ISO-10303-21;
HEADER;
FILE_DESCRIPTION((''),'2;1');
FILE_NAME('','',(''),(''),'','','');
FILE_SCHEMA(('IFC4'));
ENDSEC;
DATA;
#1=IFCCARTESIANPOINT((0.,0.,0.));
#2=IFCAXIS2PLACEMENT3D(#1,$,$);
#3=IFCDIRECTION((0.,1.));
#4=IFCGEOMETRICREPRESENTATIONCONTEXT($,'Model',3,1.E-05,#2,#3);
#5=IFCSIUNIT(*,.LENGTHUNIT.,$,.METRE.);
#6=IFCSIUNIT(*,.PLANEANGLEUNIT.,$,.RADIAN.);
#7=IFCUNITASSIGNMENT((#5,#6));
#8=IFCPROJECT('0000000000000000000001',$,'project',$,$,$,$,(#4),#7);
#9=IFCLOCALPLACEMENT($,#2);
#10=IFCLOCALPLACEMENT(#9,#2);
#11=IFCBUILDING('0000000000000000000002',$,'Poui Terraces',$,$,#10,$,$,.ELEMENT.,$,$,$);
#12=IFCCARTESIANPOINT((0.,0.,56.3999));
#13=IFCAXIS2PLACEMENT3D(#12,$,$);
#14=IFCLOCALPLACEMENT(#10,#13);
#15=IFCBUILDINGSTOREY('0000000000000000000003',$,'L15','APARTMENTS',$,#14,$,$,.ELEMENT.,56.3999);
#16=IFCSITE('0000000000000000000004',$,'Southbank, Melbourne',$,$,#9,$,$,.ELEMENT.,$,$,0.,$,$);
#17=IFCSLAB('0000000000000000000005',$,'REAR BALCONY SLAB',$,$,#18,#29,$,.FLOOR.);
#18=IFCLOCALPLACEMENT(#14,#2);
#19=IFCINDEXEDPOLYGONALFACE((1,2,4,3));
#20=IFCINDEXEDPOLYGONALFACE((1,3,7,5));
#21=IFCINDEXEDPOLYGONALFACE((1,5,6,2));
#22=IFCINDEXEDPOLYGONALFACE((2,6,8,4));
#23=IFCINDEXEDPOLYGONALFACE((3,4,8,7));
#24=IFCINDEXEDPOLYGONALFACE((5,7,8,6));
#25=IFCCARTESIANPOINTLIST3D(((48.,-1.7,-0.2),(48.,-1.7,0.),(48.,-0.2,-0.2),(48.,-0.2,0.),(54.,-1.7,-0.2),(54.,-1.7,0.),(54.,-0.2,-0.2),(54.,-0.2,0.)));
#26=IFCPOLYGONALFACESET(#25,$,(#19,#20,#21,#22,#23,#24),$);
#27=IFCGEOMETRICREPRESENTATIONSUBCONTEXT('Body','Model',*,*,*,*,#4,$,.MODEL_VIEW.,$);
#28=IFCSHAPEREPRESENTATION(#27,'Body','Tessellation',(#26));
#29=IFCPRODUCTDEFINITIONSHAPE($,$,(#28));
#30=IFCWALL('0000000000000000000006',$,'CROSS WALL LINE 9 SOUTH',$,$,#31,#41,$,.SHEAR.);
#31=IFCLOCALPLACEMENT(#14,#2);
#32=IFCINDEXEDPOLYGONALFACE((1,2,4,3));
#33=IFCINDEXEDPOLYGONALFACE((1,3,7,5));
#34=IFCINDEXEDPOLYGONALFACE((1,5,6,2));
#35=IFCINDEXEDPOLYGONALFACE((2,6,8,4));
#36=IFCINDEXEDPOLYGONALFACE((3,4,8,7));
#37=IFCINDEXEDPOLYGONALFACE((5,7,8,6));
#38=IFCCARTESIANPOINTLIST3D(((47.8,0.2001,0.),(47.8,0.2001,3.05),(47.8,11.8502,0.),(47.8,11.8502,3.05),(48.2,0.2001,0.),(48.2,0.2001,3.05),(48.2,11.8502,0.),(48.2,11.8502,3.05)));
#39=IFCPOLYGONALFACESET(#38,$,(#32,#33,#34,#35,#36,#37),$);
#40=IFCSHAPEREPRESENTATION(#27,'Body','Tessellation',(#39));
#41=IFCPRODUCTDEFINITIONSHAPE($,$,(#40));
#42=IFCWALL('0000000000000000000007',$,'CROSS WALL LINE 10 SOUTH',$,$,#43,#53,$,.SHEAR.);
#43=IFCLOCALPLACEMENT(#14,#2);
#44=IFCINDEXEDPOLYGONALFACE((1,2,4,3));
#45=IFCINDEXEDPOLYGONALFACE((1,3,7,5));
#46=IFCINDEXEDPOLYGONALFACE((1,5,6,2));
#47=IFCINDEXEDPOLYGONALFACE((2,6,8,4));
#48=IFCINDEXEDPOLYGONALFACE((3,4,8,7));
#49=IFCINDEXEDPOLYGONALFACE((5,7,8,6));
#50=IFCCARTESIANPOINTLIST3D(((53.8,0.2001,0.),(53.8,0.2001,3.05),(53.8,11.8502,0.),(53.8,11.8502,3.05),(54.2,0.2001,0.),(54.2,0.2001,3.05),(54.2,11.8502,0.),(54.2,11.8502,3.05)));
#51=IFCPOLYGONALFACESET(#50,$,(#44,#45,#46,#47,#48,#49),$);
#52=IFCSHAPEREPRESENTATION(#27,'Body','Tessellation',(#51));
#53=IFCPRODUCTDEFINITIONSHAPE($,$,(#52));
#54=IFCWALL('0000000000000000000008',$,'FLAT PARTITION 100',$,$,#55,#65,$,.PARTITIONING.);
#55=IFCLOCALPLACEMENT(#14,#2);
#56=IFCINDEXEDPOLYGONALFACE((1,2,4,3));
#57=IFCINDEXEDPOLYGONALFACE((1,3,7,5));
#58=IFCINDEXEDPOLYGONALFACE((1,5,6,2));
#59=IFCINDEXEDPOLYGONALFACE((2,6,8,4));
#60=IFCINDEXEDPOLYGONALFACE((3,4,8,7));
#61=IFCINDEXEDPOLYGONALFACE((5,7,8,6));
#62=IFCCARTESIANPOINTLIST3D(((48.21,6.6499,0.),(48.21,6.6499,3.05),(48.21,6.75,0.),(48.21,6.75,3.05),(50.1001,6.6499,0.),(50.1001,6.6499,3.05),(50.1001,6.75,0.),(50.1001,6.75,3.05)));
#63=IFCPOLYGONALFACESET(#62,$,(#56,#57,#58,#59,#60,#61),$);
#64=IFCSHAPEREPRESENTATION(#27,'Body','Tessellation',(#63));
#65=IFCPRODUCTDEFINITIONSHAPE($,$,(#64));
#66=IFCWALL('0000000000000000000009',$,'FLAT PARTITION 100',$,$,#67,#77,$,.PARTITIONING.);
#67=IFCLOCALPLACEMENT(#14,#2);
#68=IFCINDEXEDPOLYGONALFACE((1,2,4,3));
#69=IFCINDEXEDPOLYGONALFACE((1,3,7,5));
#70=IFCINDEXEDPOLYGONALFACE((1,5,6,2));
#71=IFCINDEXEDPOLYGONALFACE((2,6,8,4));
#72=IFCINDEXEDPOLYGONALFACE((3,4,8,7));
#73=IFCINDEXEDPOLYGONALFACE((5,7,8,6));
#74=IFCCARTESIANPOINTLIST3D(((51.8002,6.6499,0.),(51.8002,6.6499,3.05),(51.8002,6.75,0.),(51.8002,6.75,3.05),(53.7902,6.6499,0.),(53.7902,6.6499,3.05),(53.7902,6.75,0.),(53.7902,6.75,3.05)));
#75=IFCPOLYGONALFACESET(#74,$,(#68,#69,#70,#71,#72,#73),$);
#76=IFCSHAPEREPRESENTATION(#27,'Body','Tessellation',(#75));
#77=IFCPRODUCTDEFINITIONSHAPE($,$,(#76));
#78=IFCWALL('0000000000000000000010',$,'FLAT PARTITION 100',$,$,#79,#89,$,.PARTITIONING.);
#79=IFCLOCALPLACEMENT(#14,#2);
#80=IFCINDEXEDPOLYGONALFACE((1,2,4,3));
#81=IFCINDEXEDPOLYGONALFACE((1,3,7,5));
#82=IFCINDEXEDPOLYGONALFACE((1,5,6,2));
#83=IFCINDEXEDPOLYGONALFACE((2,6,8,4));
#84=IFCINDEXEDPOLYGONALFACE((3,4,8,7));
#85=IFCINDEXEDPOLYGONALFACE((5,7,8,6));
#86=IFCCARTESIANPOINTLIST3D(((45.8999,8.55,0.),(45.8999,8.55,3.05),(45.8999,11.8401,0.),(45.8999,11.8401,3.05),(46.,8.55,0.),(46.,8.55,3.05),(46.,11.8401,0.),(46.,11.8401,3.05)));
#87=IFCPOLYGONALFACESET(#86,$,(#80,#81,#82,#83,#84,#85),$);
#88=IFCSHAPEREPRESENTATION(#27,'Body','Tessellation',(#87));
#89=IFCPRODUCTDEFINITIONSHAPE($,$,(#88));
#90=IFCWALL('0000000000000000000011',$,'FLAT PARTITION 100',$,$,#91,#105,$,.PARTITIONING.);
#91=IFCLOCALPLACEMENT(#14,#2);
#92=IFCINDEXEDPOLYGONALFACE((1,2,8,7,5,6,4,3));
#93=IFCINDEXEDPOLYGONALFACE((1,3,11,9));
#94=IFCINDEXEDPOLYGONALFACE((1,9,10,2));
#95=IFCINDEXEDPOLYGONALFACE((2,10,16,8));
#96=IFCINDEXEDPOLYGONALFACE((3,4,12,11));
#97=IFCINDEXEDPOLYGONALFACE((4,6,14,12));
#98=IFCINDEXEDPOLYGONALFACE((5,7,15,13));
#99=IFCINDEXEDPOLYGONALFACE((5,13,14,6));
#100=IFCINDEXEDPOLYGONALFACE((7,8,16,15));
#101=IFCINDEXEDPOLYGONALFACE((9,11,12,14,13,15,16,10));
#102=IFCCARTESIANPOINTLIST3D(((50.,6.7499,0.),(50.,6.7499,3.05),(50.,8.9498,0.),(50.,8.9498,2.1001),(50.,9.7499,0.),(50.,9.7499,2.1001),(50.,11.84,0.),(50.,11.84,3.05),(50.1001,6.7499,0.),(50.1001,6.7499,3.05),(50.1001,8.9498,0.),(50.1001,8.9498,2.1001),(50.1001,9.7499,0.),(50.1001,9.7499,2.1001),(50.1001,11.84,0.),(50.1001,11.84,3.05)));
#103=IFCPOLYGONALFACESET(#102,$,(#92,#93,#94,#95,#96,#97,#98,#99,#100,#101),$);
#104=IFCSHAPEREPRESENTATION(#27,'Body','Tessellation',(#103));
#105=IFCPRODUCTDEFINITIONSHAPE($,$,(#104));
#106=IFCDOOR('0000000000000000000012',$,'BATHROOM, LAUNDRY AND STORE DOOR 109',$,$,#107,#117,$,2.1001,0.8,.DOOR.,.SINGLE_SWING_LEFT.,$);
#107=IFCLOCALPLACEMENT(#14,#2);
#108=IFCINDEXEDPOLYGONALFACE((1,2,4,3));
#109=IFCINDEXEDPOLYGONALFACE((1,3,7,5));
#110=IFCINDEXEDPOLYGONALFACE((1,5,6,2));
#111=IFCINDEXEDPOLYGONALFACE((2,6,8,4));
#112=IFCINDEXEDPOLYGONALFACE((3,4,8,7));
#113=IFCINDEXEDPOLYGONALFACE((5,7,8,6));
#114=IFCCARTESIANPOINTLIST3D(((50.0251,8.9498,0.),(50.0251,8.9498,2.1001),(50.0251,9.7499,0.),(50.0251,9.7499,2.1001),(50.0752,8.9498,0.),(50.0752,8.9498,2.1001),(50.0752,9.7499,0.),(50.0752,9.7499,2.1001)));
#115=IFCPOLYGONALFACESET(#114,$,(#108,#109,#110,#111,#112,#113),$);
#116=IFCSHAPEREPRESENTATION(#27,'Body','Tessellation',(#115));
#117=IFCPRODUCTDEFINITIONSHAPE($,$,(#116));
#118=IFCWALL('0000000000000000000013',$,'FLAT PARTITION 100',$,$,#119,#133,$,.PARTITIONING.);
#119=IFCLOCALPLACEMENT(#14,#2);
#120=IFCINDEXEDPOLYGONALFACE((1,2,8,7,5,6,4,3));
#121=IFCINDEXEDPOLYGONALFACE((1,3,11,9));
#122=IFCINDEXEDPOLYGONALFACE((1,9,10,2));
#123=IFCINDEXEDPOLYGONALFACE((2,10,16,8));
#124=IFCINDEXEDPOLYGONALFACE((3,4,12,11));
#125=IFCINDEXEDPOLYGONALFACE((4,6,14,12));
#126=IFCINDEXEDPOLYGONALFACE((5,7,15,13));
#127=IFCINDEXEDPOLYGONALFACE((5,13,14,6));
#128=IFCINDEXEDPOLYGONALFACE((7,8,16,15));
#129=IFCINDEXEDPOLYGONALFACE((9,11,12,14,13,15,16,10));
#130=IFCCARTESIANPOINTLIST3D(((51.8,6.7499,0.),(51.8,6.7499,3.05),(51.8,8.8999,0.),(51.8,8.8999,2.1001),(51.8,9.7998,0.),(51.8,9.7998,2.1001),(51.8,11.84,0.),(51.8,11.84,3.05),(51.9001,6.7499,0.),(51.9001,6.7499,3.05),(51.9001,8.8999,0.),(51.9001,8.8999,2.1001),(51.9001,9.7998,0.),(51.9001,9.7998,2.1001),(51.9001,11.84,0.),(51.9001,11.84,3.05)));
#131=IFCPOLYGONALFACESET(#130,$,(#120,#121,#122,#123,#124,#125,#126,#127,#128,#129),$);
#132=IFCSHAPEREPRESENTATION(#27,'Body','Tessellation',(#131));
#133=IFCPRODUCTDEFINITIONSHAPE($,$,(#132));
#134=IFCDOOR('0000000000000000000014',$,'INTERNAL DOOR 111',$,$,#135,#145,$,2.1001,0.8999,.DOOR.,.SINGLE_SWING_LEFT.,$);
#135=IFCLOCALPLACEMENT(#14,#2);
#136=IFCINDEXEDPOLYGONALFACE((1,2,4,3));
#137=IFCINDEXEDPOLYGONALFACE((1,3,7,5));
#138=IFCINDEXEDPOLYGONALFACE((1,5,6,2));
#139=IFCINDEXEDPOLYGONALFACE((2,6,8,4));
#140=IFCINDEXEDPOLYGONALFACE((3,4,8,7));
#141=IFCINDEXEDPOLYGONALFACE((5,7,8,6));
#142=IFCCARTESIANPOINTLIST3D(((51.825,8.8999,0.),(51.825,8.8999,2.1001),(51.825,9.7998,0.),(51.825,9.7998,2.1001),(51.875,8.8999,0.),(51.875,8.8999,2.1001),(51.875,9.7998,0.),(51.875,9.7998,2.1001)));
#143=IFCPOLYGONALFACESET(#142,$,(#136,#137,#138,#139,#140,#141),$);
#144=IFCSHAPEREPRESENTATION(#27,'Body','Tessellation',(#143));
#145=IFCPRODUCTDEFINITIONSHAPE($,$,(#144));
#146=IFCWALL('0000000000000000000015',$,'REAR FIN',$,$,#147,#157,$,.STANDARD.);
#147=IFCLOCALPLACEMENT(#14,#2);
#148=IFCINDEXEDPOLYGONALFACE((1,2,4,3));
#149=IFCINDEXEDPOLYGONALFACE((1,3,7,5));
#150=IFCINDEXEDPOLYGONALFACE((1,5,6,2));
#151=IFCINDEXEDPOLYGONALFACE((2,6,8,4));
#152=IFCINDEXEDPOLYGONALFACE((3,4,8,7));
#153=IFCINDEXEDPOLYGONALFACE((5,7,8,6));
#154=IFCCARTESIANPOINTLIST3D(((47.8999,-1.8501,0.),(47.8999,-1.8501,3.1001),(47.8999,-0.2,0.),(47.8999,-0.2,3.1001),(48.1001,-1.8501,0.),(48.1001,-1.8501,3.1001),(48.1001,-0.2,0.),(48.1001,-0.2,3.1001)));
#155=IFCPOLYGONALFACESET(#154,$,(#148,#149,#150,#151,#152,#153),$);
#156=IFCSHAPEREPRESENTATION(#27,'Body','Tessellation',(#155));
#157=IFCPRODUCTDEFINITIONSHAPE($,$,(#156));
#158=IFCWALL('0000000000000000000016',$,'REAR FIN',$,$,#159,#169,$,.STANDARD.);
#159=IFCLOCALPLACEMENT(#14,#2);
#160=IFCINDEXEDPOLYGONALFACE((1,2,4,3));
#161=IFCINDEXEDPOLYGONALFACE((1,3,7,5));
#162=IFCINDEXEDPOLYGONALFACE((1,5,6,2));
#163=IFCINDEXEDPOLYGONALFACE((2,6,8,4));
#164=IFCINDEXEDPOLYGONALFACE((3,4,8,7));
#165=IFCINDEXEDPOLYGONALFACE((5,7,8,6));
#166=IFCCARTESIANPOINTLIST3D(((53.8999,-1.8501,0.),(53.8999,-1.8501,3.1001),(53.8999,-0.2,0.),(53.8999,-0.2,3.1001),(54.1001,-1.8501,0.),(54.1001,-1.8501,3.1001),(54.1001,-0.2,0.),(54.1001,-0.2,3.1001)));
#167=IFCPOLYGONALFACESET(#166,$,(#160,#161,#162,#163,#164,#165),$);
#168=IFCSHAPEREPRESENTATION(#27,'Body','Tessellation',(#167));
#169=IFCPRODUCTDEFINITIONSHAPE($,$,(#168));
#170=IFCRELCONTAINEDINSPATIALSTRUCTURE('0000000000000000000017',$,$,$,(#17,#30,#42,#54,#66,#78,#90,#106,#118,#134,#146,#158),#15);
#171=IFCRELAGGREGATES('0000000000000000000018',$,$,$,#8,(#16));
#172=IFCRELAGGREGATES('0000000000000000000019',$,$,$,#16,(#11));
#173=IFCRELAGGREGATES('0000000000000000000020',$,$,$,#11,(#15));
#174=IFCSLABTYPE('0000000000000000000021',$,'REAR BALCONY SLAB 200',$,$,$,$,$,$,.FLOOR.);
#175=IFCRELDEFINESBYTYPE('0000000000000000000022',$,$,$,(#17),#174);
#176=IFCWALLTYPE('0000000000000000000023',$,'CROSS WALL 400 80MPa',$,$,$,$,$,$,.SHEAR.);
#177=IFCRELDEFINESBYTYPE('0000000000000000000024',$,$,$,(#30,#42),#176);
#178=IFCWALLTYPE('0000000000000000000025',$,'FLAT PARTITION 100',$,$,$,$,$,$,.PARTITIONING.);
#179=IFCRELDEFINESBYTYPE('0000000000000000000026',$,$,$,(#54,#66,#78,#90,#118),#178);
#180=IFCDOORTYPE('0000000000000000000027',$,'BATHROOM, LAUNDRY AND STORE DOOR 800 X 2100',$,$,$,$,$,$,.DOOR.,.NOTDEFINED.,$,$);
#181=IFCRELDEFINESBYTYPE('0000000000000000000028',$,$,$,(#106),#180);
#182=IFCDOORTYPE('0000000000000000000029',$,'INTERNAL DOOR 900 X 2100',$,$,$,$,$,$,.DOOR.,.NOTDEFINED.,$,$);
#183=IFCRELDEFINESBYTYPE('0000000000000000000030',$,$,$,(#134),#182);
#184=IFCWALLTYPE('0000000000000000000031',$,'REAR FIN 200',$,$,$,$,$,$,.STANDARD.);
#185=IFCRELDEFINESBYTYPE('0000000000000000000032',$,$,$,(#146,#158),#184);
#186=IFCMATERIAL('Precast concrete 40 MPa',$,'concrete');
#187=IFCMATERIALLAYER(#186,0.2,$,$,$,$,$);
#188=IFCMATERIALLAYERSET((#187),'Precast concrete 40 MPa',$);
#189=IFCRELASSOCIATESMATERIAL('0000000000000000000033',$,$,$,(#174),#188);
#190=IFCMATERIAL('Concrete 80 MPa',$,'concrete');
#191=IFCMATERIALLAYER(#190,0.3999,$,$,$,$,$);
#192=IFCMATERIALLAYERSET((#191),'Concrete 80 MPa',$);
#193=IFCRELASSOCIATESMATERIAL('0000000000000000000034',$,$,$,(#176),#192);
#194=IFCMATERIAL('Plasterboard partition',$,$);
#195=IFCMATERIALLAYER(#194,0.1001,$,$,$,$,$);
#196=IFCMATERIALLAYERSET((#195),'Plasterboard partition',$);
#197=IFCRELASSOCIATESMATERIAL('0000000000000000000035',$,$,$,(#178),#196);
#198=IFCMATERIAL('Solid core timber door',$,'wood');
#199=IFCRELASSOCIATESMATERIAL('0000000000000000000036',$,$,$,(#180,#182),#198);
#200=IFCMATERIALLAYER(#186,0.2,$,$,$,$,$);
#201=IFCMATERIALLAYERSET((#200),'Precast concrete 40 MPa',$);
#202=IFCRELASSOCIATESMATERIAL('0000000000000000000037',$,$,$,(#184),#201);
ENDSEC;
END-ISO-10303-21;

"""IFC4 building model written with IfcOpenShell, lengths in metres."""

from ifc_helpers import new_model, si_unit, direction, frame, frame_2d, origin, place, context, subcontext, project, spatial, polyline, rectangle, outline, extrude, source, transform, mapped, material, layer, layer_set, type_object, element, fill, save


model = new_model("IFC4")

# Units and contexts
model_context = context("Model", 3, precision=1e-05, world=origin(), true_north=direction((0.0, 1.0)))
body_context = subcontext(model_context, "Body", "Model", "MODEL_VIEW")
ifc_project = project(units=[si_unit("LENGTHUNIT", "METRE"), si_unit("PLANEANGLEUNIT", "RADIAN")], contexts=[model_context])

# Site, building, storey
site_placement = place(None, origin())
site = spatial("IfcSite", under=ifc_project, at=site_placement, Name="Southbank, Melbourne", CompositionType="ELEMENT", RefElevation=0.0)
building_placement = place(site_placement, origin())
building = spatial("IfcBuilding", under=site, at=building_placement, Name="Poui Terraces", CompositionType="ELEMENT")
storey_placement = place(building_placement, frame((0.0, 0.0, 56.3999)))
storey = spatial("IfcBuildingStorey", under=building, at=storey_placement, Name="L15", Description="APARTMENTS", CompositionType="ELEMENT", Elevation=56.3999)

# Slab
ifc_material_1 = material(Name="Precast concrete 40 MPa", Category="concrete")
ifc_layer_1 = layer(ifc_material_1, 0.2)
ifc_layer_set_1 = layer_set([ifc_layer_1], Name="Precast concrete 40 MPa")
slab_type = type_object("IfcSlabType", Name="REAR BALCONY SLAB 200", PredefinedType="FLOOR", material=ifc_layer_set_1)
shared_shape_1 = source(origin(), body_context, "Body", "SweptSolid", [
    extrude(outline(polyline([(0.0, 0.0), (6.0, 0.0), (6.0, 1.5), (0.0, 1.5), (0.0, 0.0)])), origin(), (0.0, 0.0, 1.0), 0.2),
])
slab_placement = place(storey_placement, frame((48.0, -1.7, -0.2)))
element("IfcSlab", 1, at=slab_placement, inside=storey, type_object=slab_type, Name="REAR BALCONY SLAB", PredefinedType="FLOOR", context=body_context, shape_type="MappedRepresentation", body=[
    mapped(shared_shape_1, transform((0.0, 0.0, 0.0))),
])

# Walls
ifc_material_2 = material(Name="Concrete 80 MPa", Category="concrete")
ifc_layer_2 = layer(ifc_material_2, 0.3999)
ifc_layer_set_2 = layer_set([ifc_layer_2], Name="Concrete 80 MPa")
wall_type_1 = type_object("IfcWallType", Name="CROSS WALL 400 80MPa", PredefinedType="SHEAR", material=ifc_layer_set_2)
for number, where, z_axis, x_axis, name in (
    (2, (48.0, 0.2, 0.0), (0.0, 0.0, 1.0), (0.0, 1.0, 0.0), "CROSS WALL LINE 9 SOUTH"),
    (3, (54.0, 0.2, 0.0), (0.0, 0.0, 1.0), (0.0, 1.0, 0.0), "CROSS WALL LINE 10 SOUTH"),
):
    element("IfcWall", number, at=place(storey_placement, frame(where, z_axis=z_axis, x_axis=x_axis)), inside=storey, type_object=wall_type_1, Name=name, PredefinedType="SHEAR", context=body_context, shape_type="SweptSolid", body=[
        extrude(rectangle(XDim=11.6501, YDim=0.3999, at=frame_2d((5.8252, 0.0))), origin(), (0.0, 0.0, 1.0), 3.05),
    ])
ifc_material_3 = material(Name="Plasterboard partition")
ifc_layer_3 = layer(ifc_material_3, 0.1001)
ifc_layer_set_3 = layer_set([ifc_layer_3], Name="Plasterboard partition")
wall_type_2 = type_object("IfcWallType", Name="FLAT PARTITION 100", PredefinedType="PARTITIONING", material=ifc_layer_set_3)
wall_1_placement = place(storey_placement, frame((48.21, 6.7, 0.0), z_axis=(0.0, 0.0, 1.0), x_axis=(1.0, 0.0, 0.0)))
element("IfcWall", 4, at=wall_1_placement, inside=storey, type_object=wall_type_2, Name="FLAT PARTITION 100", PredefinedType="PARTITIONING", context=body_context, shape_type="SweptSolid", body=[
    extrude(rectangle(XDim=1.8901, YDim=0.1001, at=frame_2d((0.9451, 0.0))), origin(), (0.0, 0.0, 1.0), 3.05),
])
wall_2_placement = place(storey_placement, frame((51.8, 6.7, 0.0), z_axis=(0.0, 0.0, 1.0), x_axis=(1.0, 0.0, 0.0)))
element("IfcWall", 5, at=wall_2_placement, inside=storey, type_object=wall_type_2, Name="FLAT PARTITION 100", PredefinedType="PARTITIONING", context=body_context, shape_type="SweptSolid", body=[
    extrude(rectangle(XDim=1.99, YDim=0.1001, at=frame_2d((0.9951, 0.0))), origin(), (0.0, 0.0, 1.0), 3.05),
])
wall_3_placement = place(storey_placement, frame((45.95, 8.55, 0.0), z_axis=(0.0, 0.0, 1.0), x_axis=(0.0, 1.0, 0.0)))
element("IfcWall", 6, at=wall_3_placement, inside=storey, type_object=wall_type_2, Name="FLAT PARTITION 100", PredefinedType="PARTITIONING", context=body_context, shape_type="SweptSolid", body=[
    extrude(rectangle(XDim=3.29, YDim=0.1001, at=frame_2d((1.645, 0.0))), origin(), (0.0, 0.0, 1.0), 3.05),
])

# Walls, openings, doors
wall_4_placement = place(storey_placement, frame((50.05, 6.75, 0.0), z_axis=(0.0, 0.0, 1.0), x_axis=(0.0, 1.0, 0.0)))
wall_4 = element("IfcWall", 7, at=wall_4_placement, inside=storey, type_object=wall_type_2, Name="FLAT PARTITION 100", PredefinedType="PARTITIONING", context=body_context, shape_type="SweptSolid", body=[
    extrude(rectangle(XDim=5.0901, YDim=0.1001, at=frame_2d((2.5449, 0.0))), origin(), (0.0, 0.0, 1.0), 3.05),
])
opening_1_placement = place(wall_4_placement, frame((2.2, 0.0, 0.0)))
opening_1 = element("IfcOpeningElement", 8, at=opening_1_placement, cuts=wall_4, PredefinedType="OPENING", context=body_context, shape_type="SweptSolid", body=[
    extrude(rectangle(XDim=0.8, YDim=2.1001, at=frame_2d((0.3999, 1.05))), frame((0.0, 0.0601, 0.0), z_axis=(0.0, -1.0, 0.0), x_axis=(1.0, 0.0, 0.0)), (0.0, 0.0, 1.0), 0.1201),
])
ifc_material_4 = material(Name="Solid core timber door", Category="wood")
door_type_1 = type_object("IfcDoorType", Name="BATHROOM, LAUNDRY AND STORE DOOR 800 X 2100", OperationType="NOTDEFINED", PredefinedType="DOOR", material=ifc_material_4)
door_1_placement = place(opening_1_placement, origin())
door_1 = element("IfcDoor", 9, at=door_1_placement, inside=storey, type_object=door_type_1, Name="BATHROOM, LAUNDRY AND STORE DOOR 109", OperationType="SINGLE_SWING_LEFT", OverallHeight=2.1001, OverallWidth=0.8, PredefinedType="DOOR", context=body_context, shape_type="SweptSolid", body=[
    extrude(rectangle(XDim=0.8, YDim=2.1001, at=frame_2d((0.3999, 1.05))), frame((0.0, 0.0249, 0.0), z_axis=(0.0, -1.0, 0.0), x_axis=(1.0, 0.0, 0.0)), (0.0, 0.0, 1.0), 0.05),
])
fill(opening_1, door_1)
wall_5_placement = place(storey_placement, frame((51.8501, 6.75, 0.0), z_axis=(0.0, 0.0, 1.0), x_axis=(0.0, 1.0, 0.0)))
wall_5 = element("IfcWall", 10, at=wall_5_placement, inside=storey, type_object=wall_type_2, Name="FLAT PARTITION 100", PredefinedType="PARTITIONING", context=body_context, shape_type="SweptSolid", body=[
    extrude(rectangle(XDim=5.0901, YDim=0.1001, at=frame_2d((2.5449, 0.0))), origin(), (0.0, 0.0, 1.0), 3.05),
])
opening_2_placement = place(wall_5_placement, frame((2.1499, 0.0, 0.0)))
opening_2 = element("IfcOpeningElement", 11, at=opening_2_placement, cuts=wall_5, PredefinedType="OPENING", context=body_context, shape_type="SweptSolid", body=[
    extrude(rectangle(XDim=0.8999, YDim=2.1001, at=frame_2d((0.45, 1.05))), frame((0.0, 0.0601, 0.0), z_axis=(0.0, -1.0, 0.0), x_axis=(1.0, 0.0, 0.0)), (0.0, 0.0, 1.0), 0.1201),
])
door_type_2 = type_object("IfcDoorType", Name="INTERNAL DOOR 900 X 2100", OperationType="NOTDEFINED", PredefinedType="DOOR", material=ifc_material_4)
door_2_placement = place(opening_2_placement, frame((0.8999, 0.0, 0.0), z_axis=(0.0, 0.0, 1.0), x_axis=(-1.0, 0.0, 0.0)))
door_2 = element("IfcDoor", 12, at=door_2_placement, inside=storey, type_object=door_type_2, Name="INTERNAL DOOR 111", OperationType="SINGLE_SWING_LEFT", OverallHeight=2.1001, OverallWidth=0.8999, PredefinedType="DOOR", context=body_context, shape_type="SweptSolid", body=[
    extrude(rectangle(XDim=0.8999, YDim=2.1001, at=frame_2d((0.45, 1.05))), frame((0.0, 0.0249, 0.0), z_axis=(0.0, -1.0, 0.0), x_axis=(1.0, 0.0, 0.0)), (0.0, 0.0, 1.0), 0.05),
])
fill(opening_2, door_2)

# Walls
ifc_layer_4 = layer(ifc_material_1, 0.2)
ifc_layer_set_4 = layer_set([ifc_layer_4], Name="Precast concrete 40 MPa")
wall_type_3 = type_object("IfcWallType", Name="REAR FIN 200", PredefinedType="STANDARD", material=ifc_layer_set_4)
shared_shape_2 = source(origin(), body_context, "Body", "SweptSolid", [
    extrude(outline(polyline([(0.0, 0.0), (0.2002, 0.0), (0.2002, 1.6501), (0.0, 1.6501), (0.0, 0.0)])), origin(), (0.0, 0.0, 1.0), 3.1001),
])
for number, where, name in (
    (13, (47.8999, -1.8501, 0.0), "REAR FIN"),
    (14, (53.8999, -1.8501, 0.0), "REAR FIN"),
):
    element("IfcWall", number, at=place(storey_placement, frame(where)), inside=storey, type_object=wall_type_3, Name=name, PredefinedType="STANDARD", context=body_context, shape_type="MappedRepresentation", body=[
        mapped(shared_shape_2, transform((0.0, 0.0, 0.0))),
    ])

save(model, "model.ifc")
